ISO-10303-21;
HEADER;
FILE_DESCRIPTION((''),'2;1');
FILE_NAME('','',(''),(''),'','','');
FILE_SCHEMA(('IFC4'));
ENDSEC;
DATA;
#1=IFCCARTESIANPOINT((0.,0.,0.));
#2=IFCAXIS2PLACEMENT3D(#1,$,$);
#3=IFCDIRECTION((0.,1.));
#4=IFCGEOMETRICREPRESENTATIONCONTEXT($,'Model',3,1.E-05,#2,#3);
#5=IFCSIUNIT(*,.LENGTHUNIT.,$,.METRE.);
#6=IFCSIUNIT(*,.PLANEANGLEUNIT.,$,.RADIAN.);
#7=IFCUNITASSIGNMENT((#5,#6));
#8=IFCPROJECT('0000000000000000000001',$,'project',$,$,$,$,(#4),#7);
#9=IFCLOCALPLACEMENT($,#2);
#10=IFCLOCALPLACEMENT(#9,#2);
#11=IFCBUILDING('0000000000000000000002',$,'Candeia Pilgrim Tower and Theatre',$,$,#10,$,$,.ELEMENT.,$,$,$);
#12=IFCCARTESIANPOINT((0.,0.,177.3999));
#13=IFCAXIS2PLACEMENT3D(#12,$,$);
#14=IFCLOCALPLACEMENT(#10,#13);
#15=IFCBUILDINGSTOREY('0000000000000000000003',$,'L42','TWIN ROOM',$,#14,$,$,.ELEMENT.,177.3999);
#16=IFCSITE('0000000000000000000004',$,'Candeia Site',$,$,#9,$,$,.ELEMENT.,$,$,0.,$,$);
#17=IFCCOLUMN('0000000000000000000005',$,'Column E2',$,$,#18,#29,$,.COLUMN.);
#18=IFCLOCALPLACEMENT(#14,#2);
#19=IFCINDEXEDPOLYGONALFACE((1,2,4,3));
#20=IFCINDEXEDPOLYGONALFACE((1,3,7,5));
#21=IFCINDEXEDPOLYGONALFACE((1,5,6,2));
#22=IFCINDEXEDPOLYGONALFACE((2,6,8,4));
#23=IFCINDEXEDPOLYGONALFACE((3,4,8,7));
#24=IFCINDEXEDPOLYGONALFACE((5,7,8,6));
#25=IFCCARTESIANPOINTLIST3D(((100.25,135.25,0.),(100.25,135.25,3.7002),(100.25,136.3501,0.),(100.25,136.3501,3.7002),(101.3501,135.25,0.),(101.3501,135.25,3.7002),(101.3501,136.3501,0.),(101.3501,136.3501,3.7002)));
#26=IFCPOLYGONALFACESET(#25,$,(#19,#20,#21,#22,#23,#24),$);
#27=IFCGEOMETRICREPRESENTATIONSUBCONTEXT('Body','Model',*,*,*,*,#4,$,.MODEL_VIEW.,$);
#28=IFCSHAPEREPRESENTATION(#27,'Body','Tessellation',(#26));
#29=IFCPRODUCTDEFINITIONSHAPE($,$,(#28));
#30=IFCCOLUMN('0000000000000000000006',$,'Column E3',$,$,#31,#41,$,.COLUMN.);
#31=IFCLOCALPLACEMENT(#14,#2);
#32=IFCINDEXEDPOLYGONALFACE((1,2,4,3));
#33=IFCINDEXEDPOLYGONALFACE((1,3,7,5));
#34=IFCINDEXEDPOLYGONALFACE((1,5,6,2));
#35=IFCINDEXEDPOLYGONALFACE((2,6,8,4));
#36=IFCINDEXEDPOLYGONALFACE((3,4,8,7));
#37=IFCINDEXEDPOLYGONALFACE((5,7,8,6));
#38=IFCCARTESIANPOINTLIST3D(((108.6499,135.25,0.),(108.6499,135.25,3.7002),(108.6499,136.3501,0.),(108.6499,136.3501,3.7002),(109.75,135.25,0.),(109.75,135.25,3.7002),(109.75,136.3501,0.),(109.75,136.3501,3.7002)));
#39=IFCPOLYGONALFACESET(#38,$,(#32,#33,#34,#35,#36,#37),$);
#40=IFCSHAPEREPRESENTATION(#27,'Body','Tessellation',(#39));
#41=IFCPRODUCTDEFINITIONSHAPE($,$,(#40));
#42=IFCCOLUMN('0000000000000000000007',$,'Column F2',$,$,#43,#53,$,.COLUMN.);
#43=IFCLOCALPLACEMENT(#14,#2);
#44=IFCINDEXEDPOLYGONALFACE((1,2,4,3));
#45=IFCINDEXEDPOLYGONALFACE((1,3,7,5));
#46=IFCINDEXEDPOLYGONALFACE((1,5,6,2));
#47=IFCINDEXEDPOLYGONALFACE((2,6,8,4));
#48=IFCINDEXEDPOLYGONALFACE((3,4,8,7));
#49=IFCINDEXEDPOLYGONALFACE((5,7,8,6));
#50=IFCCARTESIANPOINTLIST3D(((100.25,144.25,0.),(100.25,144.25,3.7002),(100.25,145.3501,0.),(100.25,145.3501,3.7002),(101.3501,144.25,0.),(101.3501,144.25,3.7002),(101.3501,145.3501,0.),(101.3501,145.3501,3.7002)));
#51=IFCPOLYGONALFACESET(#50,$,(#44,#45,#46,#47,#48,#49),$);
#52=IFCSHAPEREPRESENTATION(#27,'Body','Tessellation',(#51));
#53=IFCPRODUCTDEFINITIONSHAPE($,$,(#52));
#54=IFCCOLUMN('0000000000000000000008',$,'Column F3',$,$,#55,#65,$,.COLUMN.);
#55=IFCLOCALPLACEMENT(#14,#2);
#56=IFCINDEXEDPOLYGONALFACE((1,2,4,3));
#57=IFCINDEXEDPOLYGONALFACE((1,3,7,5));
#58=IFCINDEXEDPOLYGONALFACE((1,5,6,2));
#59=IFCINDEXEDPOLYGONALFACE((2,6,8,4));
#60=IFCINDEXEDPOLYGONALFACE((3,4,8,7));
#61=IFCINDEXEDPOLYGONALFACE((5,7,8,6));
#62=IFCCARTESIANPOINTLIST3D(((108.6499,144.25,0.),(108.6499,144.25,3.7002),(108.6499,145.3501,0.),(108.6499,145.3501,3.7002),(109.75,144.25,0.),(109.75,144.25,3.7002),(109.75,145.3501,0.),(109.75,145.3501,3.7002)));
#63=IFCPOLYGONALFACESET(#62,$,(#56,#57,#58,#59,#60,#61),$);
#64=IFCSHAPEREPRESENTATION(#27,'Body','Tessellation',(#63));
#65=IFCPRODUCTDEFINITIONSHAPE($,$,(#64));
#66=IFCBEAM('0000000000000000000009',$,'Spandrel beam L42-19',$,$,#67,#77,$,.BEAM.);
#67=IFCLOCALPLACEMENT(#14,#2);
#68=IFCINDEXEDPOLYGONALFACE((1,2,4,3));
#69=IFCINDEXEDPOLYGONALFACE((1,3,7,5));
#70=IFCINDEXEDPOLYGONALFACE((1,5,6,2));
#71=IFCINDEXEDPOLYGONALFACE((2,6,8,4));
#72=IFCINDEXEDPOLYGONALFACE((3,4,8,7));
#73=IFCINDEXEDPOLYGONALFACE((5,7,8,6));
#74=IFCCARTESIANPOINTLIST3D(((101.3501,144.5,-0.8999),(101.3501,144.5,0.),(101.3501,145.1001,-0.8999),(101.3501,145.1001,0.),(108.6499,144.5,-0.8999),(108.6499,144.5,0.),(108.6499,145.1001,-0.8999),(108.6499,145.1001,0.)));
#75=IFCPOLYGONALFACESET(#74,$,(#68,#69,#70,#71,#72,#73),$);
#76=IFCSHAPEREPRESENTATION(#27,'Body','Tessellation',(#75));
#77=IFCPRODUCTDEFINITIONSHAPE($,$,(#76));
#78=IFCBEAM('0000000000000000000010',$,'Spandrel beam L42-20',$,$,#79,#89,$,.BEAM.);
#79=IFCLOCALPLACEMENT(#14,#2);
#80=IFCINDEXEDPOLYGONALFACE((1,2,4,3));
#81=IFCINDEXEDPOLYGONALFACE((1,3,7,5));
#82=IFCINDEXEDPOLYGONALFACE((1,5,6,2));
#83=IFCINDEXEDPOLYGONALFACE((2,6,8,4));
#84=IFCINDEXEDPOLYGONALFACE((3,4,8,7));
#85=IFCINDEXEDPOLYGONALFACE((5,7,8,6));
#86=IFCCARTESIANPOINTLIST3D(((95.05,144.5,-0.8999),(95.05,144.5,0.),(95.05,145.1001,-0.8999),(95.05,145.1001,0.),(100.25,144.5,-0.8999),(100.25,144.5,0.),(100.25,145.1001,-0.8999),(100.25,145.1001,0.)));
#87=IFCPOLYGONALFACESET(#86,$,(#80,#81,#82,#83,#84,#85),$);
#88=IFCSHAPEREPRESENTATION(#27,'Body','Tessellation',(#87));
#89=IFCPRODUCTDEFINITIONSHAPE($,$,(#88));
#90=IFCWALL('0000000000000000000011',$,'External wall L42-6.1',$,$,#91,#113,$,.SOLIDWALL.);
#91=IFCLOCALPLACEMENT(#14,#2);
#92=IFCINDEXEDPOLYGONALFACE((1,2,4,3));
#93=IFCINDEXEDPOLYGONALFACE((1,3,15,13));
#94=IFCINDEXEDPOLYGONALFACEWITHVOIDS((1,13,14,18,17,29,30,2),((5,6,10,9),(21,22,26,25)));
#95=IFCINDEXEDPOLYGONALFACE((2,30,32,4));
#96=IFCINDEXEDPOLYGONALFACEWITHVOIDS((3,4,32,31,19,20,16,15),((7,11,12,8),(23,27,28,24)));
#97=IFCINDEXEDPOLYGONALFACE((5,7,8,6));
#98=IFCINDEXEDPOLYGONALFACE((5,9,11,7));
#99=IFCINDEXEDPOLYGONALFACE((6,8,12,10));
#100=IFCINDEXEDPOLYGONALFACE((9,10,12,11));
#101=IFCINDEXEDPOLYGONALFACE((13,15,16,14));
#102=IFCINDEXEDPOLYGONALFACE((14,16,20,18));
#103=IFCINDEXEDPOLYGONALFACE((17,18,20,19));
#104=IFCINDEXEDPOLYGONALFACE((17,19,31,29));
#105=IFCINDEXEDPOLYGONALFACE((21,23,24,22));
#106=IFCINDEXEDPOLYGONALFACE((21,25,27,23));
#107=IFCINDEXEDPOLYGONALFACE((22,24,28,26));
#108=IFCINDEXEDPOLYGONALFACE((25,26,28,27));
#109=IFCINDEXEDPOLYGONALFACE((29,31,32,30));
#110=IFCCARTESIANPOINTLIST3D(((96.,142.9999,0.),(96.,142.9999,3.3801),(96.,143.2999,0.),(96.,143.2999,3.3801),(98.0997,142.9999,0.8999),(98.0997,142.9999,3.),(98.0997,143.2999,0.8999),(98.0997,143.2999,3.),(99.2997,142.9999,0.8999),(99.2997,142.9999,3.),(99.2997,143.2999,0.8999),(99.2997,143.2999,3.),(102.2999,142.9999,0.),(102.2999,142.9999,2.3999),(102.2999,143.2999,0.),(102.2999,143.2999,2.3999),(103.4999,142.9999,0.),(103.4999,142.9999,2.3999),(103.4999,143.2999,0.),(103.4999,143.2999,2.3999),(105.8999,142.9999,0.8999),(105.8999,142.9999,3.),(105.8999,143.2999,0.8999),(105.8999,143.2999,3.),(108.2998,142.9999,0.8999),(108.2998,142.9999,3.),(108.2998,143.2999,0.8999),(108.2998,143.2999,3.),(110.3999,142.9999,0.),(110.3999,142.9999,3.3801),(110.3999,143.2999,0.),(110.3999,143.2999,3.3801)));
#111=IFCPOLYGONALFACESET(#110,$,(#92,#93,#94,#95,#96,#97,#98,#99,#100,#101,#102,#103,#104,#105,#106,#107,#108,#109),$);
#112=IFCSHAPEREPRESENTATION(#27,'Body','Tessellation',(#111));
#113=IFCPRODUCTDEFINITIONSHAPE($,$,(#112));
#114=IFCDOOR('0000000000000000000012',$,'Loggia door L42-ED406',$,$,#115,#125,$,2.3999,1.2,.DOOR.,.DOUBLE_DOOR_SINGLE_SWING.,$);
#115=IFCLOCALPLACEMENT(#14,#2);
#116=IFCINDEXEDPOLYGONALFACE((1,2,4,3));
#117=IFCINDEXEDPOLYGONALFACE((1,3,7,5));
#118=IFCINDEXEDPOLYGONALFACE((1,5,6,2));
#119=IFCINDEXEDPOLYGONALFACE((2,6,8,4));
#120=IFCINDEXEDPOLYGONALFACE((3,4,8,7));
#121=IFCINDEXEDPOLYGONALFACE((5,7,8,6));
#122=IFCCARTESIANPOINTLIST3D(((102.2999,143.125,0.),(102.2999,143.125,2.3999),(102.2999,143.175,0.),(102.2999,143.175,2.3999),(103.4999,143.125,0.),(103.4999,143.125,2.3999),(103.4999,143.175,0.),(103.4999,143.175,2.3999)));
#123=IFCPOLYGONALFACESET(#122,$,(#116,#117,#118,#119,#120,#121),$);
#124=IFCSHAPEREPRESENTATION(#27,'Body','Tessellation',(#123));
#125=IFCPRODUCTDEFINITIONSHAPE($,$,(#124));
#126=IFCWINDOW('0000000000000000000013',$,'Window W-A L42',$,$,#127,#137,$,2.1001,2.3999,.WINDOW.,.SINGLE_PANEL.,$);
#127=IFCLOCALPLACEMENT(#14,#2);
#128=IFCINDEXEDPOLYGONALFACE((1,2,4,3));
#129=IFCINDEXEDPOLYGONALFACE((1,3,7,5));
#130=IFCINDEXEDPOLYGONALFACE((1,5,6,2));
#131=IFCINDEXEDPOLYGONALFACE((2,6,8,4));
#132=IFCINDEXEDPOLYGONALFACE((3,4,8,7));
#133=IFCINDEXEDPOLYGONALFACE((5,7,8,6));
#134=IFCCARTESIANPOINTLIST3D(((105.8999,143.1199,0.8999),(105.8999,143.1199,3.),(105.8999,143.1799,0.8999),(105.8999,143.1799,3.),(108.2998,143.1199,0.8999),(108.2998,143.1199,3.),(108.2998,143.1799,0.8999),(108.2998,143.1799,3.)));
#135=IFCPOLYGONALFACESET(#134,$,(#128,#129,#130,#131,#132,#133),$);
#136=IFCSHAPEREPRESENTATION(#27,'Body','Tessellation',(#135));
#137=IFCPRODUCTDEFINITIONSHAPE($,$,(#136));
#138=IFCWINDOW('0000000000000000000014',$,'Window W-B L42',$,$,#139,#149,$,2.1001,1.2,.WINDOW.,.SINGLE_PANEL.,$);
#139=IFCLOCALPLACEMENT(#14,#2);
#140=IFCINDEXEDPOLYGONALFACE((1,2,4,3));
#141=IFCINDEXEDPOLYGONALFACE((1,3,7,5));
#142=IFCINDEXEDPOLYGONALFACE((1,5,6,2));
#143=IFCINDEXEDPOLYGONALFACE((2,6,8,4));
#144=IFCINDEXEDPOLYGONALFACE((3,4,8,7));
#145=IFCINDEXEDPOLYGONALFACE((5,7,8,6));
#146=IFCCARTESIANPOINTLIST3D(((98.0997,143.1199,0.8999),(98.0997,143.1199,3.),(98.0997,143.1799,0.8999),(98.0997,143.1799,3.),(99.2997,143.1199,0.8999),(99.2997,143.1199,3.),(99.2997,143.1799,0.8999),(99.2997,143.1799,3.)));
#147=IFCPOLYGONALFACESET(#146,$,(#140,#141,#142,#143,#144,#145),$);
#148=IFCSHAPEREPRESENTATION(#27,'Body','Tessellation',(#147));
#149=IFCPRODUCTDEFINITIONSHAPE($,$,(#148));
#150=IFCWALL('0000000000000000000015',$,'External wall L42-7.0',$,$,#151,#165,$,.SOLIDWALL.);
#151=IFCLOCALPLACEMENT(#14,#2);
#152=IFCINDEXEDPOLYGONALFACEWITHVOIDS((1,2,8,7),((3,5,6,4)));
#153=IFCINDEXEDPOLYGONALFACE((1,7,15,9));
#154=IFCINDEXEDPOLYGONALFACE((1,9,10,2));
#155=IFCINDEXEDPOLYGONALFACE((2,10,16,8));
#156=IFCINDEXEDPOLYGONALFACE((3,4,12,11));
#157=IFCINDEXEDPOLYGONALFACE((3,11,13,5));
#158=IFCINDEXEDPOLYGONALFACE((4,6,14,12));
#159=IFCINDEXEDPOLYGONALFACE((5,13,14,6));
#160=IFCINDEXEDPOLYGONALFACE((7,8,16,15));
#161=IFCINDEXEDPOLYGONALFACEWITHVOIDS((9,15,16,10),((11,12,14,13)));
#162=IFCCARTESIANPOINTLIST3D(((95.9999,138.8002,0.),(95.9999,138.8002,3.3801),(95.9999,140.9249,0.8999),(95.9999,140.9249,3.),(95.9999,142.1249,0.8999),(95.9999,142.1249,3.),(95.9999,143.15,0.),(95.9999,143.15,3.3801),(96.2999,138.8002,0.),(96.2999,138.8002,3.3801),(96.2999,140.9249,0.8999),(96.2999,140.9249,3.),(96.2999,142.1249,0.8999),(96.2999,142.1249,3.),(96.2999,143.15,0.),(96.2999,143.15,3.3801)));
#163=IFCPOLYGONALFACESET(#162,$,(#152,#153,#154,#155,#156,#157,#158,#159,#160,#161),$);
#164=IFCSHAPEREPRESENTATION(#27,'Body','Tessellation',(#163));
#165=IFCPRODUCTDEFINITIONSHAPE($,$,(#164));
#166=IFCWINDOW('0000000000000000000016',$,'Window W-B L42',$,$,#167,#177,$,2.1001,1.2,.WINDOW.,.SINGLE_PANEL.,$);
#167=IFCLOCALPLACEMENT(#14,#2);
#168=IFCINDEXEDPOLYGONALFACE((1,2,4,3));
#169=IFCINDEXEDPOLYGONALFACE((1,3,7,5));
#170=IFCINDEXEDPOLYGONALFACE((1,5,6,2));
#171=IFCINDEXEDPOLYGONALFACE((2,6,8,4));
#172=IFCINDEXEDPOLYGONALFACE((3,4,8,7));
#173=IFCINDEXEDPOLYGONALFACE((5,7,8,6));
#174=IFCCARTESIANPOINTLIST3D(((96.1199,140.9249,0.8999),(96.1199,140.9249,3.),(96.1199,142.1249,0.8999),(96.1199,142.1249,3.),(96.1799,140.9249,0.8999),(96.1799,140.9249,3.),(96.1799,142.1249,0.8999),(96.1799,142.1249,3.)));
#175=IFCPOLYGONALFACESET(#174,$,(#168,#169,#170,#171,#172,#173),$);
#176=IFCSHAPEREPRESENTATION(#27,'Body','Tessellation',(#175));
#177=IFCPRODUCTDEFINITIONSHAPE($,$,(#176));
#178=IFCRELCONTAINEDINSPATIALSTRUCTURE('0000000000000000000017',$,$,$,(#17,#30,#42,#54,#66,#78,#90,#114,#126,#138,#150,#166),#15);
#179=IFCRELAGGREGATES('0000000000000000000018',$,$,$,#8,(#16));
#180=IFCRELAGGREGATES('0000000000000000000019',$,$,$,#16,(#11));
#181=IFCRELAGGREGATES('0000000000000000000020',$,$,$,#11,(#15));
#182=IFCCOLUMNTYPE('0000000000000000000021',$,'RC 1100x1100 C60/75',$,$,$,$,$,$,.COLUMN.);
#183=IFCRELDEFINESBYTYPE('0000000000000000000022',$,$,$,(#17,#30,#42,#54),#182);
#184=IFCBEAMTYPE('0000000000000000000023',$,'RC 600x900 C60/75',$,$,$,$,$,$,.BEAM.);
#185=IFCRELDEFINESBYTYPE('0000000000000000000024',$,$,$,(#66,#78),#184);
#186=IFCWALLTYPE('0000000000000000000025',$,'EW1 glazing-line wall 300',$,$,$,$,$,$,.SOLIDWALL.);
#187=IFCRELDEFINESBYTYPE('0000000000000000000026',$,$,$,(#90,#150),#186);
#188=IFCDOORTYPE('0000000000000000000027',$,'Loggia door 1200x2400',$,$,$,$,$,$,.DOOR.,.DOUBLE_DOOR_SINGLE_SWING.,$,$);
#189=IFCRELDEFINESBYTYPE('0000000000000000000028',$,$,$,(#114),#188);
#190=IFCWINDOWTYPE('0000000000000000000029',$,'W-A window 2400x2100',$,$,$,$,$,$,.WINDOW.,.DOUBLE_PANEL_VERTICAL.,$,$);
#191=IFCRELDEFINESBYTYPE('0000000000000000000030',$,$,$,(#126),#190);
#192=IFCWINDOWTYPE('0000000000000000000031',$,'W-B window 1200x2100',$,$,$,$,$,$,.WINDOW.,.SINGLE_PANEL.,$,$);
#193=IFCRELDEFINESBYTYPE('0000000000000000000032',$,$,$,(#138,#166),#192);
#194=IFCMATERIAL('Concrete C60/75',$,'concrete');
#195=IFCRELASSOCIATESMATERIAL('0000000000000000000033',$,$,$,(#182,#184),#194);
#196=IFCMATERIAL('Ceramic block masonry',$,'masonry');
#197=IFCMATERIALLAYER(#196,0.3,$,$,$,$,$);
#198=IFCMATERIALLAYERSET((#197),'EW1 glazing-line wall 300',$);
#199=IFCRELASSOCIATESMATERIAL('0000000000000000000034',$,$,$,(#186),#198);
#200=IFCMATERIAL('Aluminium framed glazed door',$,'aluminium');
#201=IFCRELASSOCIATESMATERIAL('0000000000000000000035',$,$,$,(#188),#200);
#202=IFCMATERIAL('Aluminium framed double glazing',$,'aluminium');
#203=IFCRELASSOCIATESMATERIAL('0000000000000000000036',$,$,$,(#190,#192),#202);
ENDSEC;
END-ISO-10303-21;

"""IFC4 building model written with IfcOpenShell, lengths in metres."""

from ifc_helpers import new_model, si_unit, direction, frame, frame_2d, origin, origin_2d, place, context, subcontext, project, spatial, rectangle, extrude, material, layer, layer_set, material_profile, profile_set, type_object, element, fill, save


model = new_model("IFC4")

# Units and contexts
model_context = context("Model", 3, precision=1e-05, world=origin(), true_north=direction((0.0, 1.0)))
body_context = subcontext(model_context, "Body", "Model", "MODEL_VIEW")
ifc_project = project(units=[si_unit("LENGTHUNIT", "METRE"), si_unit("PLANEANGLEUNIT", "RADIAN")], contexts=[model_context])

# Site, building, storey
site_placement = place(None, origin())
site = spatial("IfcSite", under=ifc_project, at=site_placement, Name="Candeia Site", CompositionType="ELEMENT", RefElevation=0.0)
building_placement = place(site_placement, origin())
building = spatial("IfcBuilding", under=site, at=building_placement, Name="Candeia Pilgrim Tower and Theatre", CompositionType="ELEMENT")
storey_placement = place(building_placement, frame((0.0, 0.0, 177.3999)))
storey = spatial("IfcBuildingStorey", under=building, at=storey_placement, Name="L42", Description="TWIN ROOM", CompositionType="ELEMENT", Elevation=177.3999)

# Columns
ifc_material_1 = material(Name="Concrete C60/75", Category="concrete")
ifc_material_profile_1 = material_profile(ifc_material_1, rectangle(XDim=1.1001, YDim=1.1001, at=origin_2d()))
ifc_profile_set_1 = profile_set([ifc_material_profile_1], Name="Concrete C60/75")
column_type = type_object("IfcColumnType", Name="RC 1100x1100 C60/75", PredefinedType="COLUMN", material=ifc_profile_set_1)
for number, where, z_axis, x_axis, name in (
    (1, (100.8, 135.8, 0.0), (0.0, 0.0, 1.0), (1.0, 0.0, 0.0), "Column E2"),
    (2, (109.2, 135.8, 0.0), (0.0, 0.0, 1.0), (1.0, 0.0, 0.0), "Column E3"),
    (3, (100.8, 144.8, 0.0), (0.0, 0.0, 1.0), (1.0, 0.0, 0.0), "Column F2"),
    (4, (109.2, 144.8, 0.0), (0.0, 0.0, 1.0), (1.0, 0.0, 0.0), "Column F3"),
):
    element("IfcColumn", number, at=place(storey_placement, frame(where, z_axis=z_axis, x_axis=x_axis)), inside=storey, type_object=column_type, Name=name, PredefinedType="COLUMN", context=body_context, shape_type="SweptSolid", body=[
        extrude(rectangle(XDim=1.1001, YDim=1.1001, at=origin_2d()), origin(), (0.0, 0.0, 1.0), 3.7002),
    ])

# Beams
ifc_material_profile_2 = material_profile(ifc_material_1, rectangle(XDim=0.6001, YDim=0.8999, at=origin_2d()))
ifc_profile_set_2 = profile_set([ifc_material_profile_2], Name="Concrete C60/75")
beam_type = type_object("IfcBeamType", Name="RC 600x900 C60/75", PredefinedType="BEAM", material=ifc_profile_set_2)
beam_1_placement = place(storey_placement, frame((108.6499, 144.8, -0.45), z_axis=(-1.0, 0.0, 0.0), x_axis=(0.0, -1.0, 0.0)))
element("IfcBeam", 5, at=beam_1_placement, inside=storey, type_object=beam_type, Name="Spandrel beam L42-19", PredefinedType="BEAM", context=body_context, shape_type="SweptSolid", body=[
    extrude(rectangle(XDim=0.6001, YDim=0.8999, at=origin_2d()), origin(), (0.0, 0.0, 1.0), 7.2998),
])
beam_2_placement = place(storey_placement, frame((100.25, 144.8, -0.45), z_axis=(-1.0, 0.0, 0.0), x_axis=(0.0, -1.0, 0.0)))
element("IfcBeam", 6, at=beam_2_placement, inside=storey, type_object=beam_type, Name="Spandrel beam L42-20", PredefinedType="BEAM", context=body_context, shape_type="SweptSolid", body=[
    extrude(rectangle(XDim=0.6001, YDim=0.8999, at=origin_2d()), origin(), (0.0, 0.0, 1.0), 5.2),
])

# Wall, openings, door, windows
ifc_material_2 = material(Name="Ceramic block masonry", Category="masonry")
ifc_layer_1 = layer(ifc_material_2, 0.3)
ifc_layer_set_1 = layer_set([ifc_layer_1], Name="EW1 glazing-line wall 300")
wall_type_1 = type_object("IfcWallType", Name="EW1 glazing-line wall 300", PredefinedType="SOLIDWALL", material=ifc_layer_set_1)
wall_1_placement = place(storey_placement, frame((110.3999, 143.1499, 0.0), z_axis=(0.0, 0.0, 1.0), x_axis=(-1.0, 0.0, 0.0)))
wall_1 = element("IfcWall", 7, at=wall_1_placement, inside=storey, type_object=wall_type_1, Name="External wall L42-6.1", PredefinedType="SOLIDWALL", context=body_context, shape_type="SweptSolid", body=[
    extrude(rectangle(XDim=14.3999, YDim=0.3, at=frame_2d((7.2, 0.0))), origin(), (0.0, 0.0, 1.0), 3.3801),
])
opening_1_placement = place(wall_1_placement, frame((2.1001, 0.0, 0.8999)))
opening_1 = element("IfcOpeningElement", 8, at=opening_1_placement, cuts=wall_1, PredefinedType="OPENING", context=body_context, shape_type="SweptSolid", body=[
    extrude(rectangle(XDim=2.3999, YDim=2.1001, at=frame_2d((1.2, 1.05))), frame((0.0, 0.1602, 0.0), z_axis=(0.0, -1.0, 0.0), x_axis=(1.0, 0.0, 0.0)), (0.0, 0.0, 1.0), 0.3201),
])
opening_2_placement = place(wall_1_placement, frame((6.8999, 0.0, 0.0)))
opening_2 = element("IfcOpeningElement", 9, at=opening_2_placement, cuts=wall_1, PredefinedType="OPENING", context=body_context, shape_type="SweptSolid", body=[
    extrude(rectangle(XDim=1.2, YDim=2.3999, at=frame_2d((0.6001, 1.2))), frame((0.0, 0.1602, 0.0), z_axis=(0.0, -1.0, 0.0), x_axis=(1.0, 0.0, 0.0)), (0.0, 0.0, 1.0), 0.3201),
])
opening_3_placement = place(wall_1_placement, frame((11.1001, 0.0, 0.8999)))
opening_3 = element("IfcOpeningElement", 10, at=opening_3_placement, cuts=wall_1, PredefinedType="OPENING", context=body_context, shape_type="SweptSolid", body=[
    extrude(rectangle(XDim=1.2, YDim=2.1001, at=frame_2d((0.6001, 1.05))), frame((0.0, 0.1602, 0.0), z_axis=(0.0, -1.0, 0.0), x_axis=(1.0, 0.0, 0.0)), (0.0, 0.0, 1.0), 0.3201),
])
ifc_material_3 = material(Name="Aluminium framed glazed door", Category="aluminium")
door_type_1 = type_object("IfcDoorType", Name="Loggia door 1200x2400", OperationType="DOUBLE_DOOR_SINGLE_SWING", PredefinedType="DOOR", material=ifc_material_3)
door_1_placement = place(opening_2_placement, origin())
door_1 = element("IfcDoor", 11, at=door_1_placement, inside=storey, type_object=door_type_1, Name="Loggia door L42-ED406", OperationType="DOUBLE_DOOR_SINGLE_SWING", OverallHeight=2.3999, OverallWidth=1.2, PredefinedType="DOOR", context=body_context, shape_type="SweptSolid", body=[
    extrude(rectangle(XDim=1.2, YDim=2.3999, at=frame_2d((0.6001, 1.2))), frame((0.0, 0.0249, 0.0), z_axis=(0.0, -1.0, 0.0), x_axis=(1.0, 0.0, 0.0)), (0.0, 0.0, 1.0), 0.05),
])
fill(opening_2, door_1)
ifc_material_4 = material(Name="Aluminium framed double glazing", Category="aluminium")
window_type_1 = type_object("IfcWindowType", Name="W-A window 2400x2100", PartitioningType="DOUBLE_PANEL_VERTICAL", PredefinedType="WINDOW", material=ifc_material_4)
window_1_placement = place(opening_1_placement, origin())
window_1 = element("IfcWindow", 12, at=window_1_placement, inside=storey, type_object=window_type_1, Name="Window W-A L42", OverallHeight=2.1001, OverallWidth=2.3999, PartitioningType="SINGLE_PANEL", PredefinedType="WINDOW", context=body_context, shape_type="SweptSolid", body=[
    extrude(rectangle(XDim=2.3999, YDim=2.1001, at=frame_2d((1.2, 1.05))), frame((0.0, 0.03, 0.0), z_axis=(0.0, -1.0, 0.0), x_axis=(1.0, 0.0, 0.0)), (0.0, 0.0, 1.0), 0.0601),
])
fill(opening_1, window_1)
window_type_2 = type_object("IfcWindowType", Name="W-B window 1200x2100", PartitioningType="SINGLE_PANEL", PredefinedType="WINDOW", material=ifc_material_4)
window_2_placement = place(opening_3_placement, origin())
window_2 = element("IfcWindow", 13, at=window_2_placement, inside=storey, type_object=window_type_2, Name="Window W-B L42", OverallHeight=2.1001, OverallWidth=1.2, PartitioningType="SINGLE_PANEL", PredefinedType="WINDOW", context=body_context, shape_type="SweptSolid", body=[
    extrude(rectangle(XDim=1.2, YDim=2.1001, at=frame_2d((0.6001, 1.05))), frame((0.0, 0.03, 0.0), z_axis=(0.0, -1.0, 0.0), x_axis=(1.0, 0.0, 0.0)), (0.0, 0.0, 1.0), 0.0601),
])
fill(opening_3, window_2)

# Wall, opening, window
wall_2_placement = place(storey_placement, frame((96.1499, 143.1499, 0.0), z_axis=(0.0, 0.0, 1.0), x_axis=(0.0, -1.0, 0.0)))
wall_2 = element("IfcWall", 14, at=wall_2_placement, inside=storey, type_object=wall_type_1, Name="External wall L42-7.0", PredefinedType="SOLIDWALL", context=body_context, shape_type="SweptSolid", body=[
    extrude(rectangle(XDim=4.3499, YDim=0.3, at=frame_2d((2.1748, 0.0))), origin(), (0.0, 0.0, 1.0), 3.3801),
])
opening_4_placement = place(wall_2_placement, frame((1.0249, 0.0, 0.8999)))
opening_4 = element("IfcOpeningElement", 15, at=opening_4_placement, cuts=wall_2, PredefinedType="OPENING", context=body_context, shape_type="SweptSolid", body=[
    extrude(rectangle(XDim=1.2, YDim=2.1001, at=frame_2d((0.6001, 1.05))), frame((0.0, 0.1602, 0.0), z_axis=(0.0, -1.0, 0.0), x_axis=(1.0, 0.0, 0.0)), (0.0, 0.0, 1.0), 0.3201),
])
window_3_placement = place(opening_4_placement, origin())
window_3 = element("IfcWindow", 16, at=window_3_placement, inside=storey, type_object=window_type_2, Name="Window W-B L42", OverallHeight=2.1001, OverallWidth=1.2, PartitioningType="SINGLE_PANEL", PredefinedType="WINDOW", context=body_context, shape_type="SweptSolid", body=[
    extrude(rectangle(XDim=1.2, YDim=2.1001, at=frame_2d((0.6001, 1.05))), frame((0.0, 0.03, 0.0), z_axis=(0.0, -1.0, 0.0), x_axis=(1.0, 0.0, 0.0)), (0.0, 0.0, 1.0), 0.0601),
])
fill(opening_4, window_3)

save(model, "model.ifc")
